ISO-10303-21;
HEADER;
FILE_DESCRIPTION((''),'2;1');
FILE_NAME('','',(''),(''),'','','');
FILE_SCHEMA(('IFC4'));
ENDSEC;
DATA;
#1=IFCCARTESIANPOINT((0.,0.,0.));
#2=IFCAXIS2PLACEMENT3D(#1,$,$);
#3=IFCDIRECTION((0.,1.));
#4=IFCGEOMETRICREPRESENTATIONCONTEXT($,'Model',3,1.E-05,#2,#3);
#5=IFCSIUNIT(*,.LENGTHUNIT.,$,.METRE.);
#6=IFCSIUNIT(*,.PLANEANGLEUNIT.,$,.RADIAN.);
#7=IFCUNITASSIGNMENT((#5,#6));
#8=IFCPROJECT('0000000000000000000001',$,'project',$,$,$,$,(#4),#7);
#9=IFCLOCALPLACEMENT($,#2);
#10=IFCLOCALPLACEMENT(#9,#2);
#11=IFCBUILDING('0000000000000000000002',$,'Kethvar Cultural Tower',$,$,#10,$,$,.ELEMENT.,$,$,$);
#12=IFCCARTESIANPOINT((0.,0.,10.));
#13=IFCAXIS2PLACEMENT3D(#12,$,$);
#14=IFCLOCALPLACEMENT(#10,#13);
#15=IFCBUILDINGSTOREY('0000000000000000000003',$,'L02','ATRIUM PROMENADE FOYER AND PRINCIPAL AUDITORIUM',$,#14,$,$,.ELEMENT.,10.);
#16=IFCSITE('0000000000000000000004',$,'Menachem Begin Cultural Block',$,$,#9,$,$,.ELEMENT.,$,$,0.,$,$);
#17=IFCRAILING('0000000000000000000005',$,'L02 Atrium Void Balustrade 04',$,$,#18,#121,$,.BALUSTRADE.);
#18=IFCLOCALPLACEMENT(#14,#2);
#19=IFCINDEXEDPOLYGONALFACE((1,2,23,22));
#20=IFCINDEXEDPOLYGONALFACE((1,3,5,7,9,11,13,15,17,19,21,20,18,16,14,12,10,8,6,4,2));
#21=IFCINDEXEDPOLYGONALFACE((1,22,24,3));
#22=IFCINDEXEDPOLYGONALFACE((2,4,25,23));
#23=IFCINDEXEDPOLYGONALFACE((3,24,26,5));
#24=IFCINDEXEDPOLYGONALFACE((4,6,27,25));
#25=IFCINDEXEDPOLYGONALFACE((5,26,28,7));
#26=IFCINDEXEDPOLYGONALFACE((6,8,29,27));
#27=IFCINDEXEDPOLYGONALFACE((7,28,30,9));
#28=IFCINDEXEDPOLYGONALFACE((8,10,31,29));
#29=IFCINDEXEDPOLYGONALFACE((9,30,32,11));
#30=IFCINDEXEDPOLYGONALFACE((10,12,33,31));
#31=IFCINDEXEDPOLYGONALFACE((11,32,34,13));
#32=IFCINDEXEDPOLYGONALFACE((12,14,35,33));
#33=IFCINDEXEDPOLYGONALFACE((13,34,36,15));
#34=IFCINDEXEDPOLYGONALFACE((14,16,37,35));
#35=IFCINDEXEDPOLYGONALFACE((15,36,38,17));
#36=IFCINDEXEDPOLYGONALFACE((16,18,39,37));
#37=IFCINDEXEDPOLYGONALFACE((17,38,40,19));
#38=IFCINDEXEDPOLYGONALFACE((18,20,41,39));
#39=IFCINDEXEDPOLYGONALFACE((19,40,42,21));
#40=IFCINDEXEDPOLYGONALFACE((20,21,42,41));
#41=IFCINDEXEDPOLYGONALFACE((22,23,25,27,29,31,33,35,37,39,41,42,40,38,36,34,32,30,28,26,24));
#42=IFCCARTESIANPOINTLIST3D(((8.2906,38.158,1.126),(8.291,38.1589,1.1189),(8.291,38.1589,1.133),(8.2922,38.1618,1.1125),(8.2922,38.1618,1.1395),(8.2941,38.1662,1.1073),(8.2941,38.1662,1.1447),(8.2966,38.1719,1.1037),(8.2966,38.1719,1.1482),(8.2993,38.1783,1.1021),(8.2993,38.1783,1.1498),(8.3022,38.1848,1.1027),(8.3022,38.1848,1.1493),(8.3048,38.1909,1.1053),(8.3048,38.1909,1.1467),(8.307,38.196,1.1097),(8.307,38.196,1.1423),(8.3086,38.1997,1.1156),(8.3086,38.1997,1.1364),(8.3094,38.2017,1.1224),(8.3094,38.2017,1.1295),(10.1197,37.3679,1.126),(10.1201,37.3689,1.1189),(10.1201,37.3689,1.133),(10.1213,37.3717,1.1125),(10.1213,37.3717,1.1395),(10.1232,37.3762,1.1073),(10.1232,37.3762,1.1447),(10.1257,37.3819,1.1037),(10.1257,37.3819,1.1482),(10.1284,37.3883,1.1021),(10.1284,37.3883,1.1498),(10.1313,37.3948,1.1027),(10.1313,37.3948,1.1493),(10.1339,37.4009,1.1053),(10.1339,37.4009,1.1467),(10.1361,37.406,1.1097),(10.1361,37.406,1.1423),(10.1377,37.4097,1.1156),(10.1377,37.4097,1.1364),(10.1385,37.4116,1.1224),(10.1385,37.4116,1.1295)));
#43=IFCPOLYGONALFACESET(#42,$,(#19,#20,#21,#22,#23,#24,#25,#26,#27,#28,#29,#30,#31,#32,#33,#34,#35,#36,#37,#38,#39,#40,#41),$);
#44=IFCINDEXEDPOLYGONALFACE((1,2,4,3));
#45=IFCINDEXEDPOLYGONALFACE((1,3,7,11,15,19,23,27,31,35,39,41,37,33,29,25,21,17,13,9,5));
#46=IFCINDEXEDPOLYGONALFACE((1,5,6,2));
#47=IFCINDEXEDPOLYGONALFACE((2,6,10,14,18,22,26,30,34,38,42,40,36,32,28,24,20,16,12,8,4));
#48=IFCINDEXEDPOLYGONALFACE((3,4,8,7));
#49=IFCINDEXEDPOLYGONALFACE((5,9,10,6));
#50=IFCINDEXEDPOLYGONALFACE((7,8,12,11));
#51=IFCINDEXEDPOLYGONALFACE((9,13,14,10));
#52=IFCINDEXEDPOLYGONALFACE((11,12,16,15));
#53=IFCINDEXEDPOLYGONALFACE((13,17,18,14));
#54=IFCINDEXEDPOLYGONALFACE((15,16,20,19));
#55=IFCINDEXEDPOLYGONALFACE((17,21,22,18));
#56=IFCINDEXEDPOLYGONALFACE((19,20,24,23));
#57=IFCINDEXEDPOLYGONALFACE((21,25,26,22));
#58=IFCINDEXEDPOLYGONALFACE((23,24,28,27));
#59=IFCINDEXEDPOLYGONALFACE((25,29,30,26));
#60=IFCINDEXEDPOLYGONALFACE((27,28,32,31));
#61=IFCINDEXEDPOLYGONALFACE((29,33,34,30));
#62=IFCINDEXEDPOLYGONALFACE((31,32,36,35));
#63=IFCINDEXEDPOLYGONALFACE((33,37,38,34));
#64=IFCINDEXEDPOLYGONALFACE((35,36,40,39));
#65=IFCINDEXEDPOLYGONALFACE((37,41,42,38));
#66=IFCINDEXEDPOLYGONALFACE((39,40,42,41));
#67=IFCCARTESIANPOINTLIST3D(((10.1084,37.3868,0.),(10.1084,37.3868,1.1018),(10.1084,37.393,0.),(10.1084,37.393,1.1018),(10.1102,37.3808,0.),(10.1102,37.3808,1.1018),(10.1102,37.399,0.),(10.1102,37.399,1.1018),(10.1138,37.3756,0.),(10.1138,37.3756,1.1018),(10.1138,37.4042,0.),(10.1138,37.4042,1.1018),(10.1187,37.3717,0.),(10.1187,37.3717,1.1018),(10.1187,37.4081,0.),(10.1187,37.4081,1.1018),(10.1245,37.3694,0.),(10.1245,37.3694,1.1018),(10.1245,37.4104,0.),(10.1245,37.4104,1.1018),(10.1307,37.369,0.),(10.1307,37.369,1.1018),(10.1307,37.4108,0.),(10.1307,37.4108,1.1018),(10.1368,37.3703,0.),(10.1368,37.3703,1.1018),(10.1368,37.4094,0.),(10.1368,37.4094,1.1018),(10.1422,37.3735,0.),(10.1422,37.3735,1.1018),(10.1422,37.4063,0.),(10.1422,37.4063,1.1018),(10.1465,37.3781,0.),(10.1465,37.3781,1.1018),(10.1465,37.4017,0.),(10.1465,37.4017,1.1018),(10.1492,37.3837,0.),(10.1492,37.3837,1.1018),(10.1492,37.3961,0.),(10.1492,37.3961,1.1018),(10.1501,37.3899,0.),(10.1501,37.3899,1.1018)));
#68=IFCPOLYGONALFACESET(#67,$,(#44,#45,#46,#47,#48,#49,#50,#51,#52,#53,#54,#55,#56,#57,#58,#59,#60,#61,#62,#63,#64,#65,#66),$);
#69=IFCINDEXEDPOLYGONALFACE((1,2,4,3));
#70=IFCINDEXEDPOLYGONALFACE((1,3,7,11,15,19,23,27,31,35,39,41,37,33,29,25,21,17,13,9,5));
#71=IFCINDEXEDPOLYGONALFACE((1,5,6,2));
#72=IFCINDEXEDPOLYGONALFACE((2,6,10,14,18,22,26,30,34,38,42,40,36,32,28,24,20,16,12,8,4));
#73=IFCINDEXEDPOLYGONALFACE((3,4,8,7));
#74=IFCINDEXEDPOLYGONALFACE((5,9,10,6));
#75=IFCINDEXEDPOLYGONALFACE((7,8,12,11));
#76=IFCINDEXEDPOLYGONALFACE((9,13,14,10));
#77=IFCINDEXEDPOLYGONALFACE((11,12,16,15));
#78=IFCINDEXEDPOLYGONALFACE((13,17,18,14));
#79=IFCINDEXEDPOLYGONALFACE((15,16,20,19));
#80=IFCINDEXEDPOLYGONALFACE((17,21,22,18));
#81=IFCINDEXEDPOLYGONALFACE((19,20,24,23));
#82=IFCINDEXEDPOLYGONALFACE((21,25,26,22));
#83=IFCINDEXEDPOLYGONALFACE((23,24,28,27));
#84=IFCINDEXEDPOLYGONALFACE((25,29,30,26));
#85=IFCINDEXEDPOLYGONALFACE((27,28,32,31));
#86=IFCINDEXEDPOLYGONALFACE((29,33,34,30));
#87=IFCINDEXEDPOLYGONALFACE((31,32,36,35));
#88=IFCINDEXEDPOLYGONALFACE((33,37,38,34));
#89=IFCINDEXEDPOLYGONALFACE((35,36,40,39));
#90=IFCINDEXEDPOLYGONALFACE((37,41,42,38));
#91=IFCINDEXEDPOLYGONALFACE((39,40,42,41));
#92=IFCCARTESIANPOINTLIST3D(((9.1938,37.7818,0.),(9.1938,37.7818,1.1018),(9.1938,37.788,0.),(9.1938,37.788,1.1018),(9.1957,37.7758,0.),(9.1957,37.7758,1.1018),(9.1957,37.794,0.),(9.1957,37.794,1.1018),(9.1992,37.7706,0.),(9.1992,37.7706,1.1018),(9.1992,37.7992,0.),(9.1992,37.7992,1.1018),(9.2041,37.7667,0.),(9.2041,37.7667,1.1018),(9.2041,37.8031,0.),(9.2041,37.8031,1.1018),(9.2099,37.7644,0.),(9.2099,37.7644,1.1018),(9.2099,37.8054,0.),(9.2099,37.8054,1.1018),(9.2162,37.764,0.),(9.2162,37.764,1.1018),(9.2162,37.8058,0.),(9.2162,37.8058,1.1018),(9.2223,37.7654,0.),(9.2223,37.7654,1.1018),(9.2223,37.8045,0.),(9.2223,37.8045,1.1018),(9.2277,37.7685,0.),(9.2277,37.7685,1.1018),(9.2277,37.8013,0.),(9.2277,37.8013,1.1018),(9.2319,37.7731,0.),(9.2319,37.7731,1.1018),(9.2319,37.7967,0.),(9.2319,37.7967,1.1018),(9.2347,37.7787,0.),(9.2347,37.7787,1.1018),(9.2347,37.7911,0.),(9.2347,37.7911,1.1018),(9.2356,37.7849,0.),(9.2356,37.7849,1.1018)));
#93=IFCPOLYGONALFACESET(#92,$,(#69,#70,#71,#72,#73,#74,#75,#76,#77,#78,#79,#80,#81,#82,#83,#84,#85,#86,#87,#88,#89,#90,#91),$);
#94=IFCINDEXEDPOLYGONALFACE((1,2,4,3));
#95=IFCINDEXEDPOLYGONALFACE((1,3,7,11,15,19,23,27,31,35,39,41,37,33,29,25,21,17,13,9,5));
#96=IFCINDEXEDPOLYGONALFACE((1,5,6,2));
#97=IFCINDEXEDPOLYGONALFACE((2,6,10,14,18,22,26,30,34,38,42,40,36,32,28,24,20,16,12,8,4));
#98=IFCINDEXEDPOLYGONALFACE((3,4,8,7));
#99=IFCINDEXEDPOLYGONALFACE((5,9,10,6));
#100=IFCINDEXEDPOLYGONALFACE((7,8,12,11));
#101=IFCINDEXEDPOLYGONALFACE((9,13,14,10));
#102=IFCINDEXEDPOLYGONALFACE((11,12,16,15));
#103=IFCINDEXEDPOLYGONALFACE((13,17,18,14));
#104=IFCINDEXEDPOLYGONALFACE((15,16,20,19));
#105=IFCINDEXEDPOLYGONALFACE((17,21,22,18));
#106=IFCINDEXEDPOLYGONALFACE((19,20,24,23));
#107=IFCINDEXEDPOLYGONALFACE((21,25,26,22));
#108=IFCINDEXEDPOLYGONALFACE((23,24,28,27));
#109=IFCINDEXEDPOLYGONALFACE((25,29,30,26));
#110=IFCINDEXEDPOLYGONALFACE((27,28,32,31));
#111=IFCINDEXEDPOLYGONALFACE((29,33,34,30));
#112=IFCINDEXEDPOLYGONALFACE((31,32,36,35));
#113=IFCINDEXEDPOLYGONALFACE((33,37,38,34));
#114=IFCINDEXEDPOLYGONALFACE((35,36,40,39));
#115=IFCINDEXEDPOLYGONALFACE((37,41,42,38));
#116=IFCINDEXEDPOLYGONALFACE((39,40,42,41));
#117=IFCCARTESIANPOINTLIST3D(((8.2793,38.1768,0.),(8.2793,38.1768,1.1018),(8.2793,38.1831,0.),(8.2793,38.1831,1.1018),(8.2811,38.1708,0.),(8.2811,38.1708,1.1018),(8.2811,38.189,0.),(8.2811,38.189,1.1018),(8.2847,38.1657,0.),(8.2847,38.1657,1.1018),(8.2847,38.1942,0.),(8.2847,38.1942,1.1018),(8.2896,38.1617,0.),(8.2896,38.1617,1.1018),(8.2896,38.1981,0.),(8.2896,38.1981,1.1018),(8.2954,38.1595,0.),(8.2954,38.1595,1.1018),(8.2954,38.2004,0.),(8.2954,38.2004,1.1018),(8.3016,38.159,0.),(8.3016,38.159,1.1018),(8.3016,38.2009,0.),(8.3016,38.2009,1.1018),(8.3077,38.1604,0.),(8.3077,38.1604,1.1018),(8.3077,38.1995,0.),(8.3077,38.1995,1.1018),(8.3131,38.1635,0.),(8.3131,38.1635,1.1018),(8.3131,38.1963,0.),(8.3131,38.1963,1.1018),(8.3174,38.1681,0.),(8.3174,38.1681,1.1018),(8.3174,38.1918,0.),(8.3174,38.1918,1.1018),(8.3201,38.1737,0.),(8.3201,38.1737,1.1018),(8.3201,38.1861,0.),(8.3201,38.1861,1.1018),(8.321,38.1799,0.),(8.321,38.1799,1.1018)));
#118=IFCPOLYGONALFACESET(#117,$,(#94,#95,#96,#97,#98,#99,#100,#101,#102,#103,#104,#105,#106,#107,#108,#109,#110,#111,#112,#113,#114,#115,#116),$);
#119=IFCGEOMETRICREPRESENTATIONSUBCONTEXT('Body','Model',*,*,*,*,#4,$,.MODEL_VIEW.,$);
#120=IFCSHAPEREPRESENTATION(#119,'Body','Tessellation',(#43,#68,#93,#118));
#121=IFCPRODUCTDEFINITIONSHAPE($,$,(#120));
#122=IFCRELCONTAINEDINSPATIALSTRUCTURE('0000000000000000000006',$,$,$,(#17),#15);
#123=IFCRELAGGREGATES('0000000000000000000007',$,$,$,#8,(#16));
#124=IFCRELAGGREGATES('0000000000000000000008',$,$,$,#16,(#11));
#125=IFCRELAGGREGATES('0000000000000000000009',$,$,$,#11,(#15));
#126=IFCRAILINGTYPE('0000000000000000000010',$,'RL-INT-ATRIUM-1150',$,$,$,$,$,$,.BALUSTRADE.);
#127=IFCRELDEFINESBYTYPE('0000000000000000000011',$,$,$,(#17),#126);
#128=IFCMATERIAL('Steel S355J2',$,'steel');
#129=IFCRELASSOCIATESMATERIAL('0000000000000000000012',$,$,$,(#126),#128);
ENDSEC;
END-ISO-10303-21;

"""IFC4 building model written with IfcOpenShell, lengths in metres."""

from ifc_helpers import new_model, si_unit, direction, frame, origin, origin_2d, place, context, subcontext, project, spatial, circle, extrude, material, type_object, element, save


model = new_model("IFC4")

# Units and contexts
model_context = context("Model", 3, precision=1e-05, world=origin(), true_north=direction((0.0, 1.0)))
body_context = subcontext(model_context, "Body", "Model", "MODEL_VIEW")
ifc_project = project(units=[si_unit("LENGTHUNIT", "METRE"), si_unit("PLANEANGLEUNIT", "RADIAN")], contexts=[model_context])

# Site, building, storey
site_placement = place(None, origin())
site = spatial("IfcSite", under=ifc_project, at=site_placement, Name="Menachem Begin Cultural Block", CompositionType="ELEMENT", RefElevation=0.0)
building_placement = place(site_placement, origin())
building = spatial("IfcBuilding", under=site, at=building_placement, Name="Kethvar Cultural Tower", CompositionType="ELEMENT")
storey_placement = place(building_placement, frame((0.0, 0.0, 10.0)))
storey = spatial("IfcBuildingStorey", under=building, at=storey_placement, Name="L02", Description="ATRIUM PROMENADE FOYER AND PRINCIPAL AUDITORIUM", CompositionType="ELEMENT", Elevation=10.0)

# Shared definitions
ifc_material_1 = material(Name="Steel S355J2", Category="steel")

# Railing
railing_type = type_object("IfcRailingType", Name="RL-INT-ATRIUM-1150", PredefinedType="BALUSTRADE", material=ifc_material_1)
railing_1_placement = place(storey_placement, frame((10.1292, 37.3899, 0.0)))
element("IfcRailing", 1, at=railing_1_placement, inside=storey, type_object=railing_type, Name="L02 Atrium Void Balustrade 04", PredefinedType="BALUSTRADE", context=body_context, shape_type="SweptSolid", body=[
    extrude(circle(Radius=0.0239, at=origin_2d()), frame((0.0, 0.0, 1.126), z_axis=(-0.918026, 0.396521, 0.0), x_axis=(-0.396521, -0.918026, 0.0)), (0.0, 0.0, 1.0), 1.9924),
    extrude(circle(Radius=0.021, at=origin_2d()), origin(), (0.0, 0.0, 1.0), 1.1018),
    extrude(circle(Radius=0.021, at=origin_2d()), frame((-0.9146, 0.395, 0.0)), (0.0, 0.0, 1.0), 1.1018),
    extrude(circle(Radius=0.021, at=origin_2d()), frame((-1.8291, 0.79, 0.0)), (0.0, 0.0, 1.0), 1.1018),
])

save(model, "model.ifc")
